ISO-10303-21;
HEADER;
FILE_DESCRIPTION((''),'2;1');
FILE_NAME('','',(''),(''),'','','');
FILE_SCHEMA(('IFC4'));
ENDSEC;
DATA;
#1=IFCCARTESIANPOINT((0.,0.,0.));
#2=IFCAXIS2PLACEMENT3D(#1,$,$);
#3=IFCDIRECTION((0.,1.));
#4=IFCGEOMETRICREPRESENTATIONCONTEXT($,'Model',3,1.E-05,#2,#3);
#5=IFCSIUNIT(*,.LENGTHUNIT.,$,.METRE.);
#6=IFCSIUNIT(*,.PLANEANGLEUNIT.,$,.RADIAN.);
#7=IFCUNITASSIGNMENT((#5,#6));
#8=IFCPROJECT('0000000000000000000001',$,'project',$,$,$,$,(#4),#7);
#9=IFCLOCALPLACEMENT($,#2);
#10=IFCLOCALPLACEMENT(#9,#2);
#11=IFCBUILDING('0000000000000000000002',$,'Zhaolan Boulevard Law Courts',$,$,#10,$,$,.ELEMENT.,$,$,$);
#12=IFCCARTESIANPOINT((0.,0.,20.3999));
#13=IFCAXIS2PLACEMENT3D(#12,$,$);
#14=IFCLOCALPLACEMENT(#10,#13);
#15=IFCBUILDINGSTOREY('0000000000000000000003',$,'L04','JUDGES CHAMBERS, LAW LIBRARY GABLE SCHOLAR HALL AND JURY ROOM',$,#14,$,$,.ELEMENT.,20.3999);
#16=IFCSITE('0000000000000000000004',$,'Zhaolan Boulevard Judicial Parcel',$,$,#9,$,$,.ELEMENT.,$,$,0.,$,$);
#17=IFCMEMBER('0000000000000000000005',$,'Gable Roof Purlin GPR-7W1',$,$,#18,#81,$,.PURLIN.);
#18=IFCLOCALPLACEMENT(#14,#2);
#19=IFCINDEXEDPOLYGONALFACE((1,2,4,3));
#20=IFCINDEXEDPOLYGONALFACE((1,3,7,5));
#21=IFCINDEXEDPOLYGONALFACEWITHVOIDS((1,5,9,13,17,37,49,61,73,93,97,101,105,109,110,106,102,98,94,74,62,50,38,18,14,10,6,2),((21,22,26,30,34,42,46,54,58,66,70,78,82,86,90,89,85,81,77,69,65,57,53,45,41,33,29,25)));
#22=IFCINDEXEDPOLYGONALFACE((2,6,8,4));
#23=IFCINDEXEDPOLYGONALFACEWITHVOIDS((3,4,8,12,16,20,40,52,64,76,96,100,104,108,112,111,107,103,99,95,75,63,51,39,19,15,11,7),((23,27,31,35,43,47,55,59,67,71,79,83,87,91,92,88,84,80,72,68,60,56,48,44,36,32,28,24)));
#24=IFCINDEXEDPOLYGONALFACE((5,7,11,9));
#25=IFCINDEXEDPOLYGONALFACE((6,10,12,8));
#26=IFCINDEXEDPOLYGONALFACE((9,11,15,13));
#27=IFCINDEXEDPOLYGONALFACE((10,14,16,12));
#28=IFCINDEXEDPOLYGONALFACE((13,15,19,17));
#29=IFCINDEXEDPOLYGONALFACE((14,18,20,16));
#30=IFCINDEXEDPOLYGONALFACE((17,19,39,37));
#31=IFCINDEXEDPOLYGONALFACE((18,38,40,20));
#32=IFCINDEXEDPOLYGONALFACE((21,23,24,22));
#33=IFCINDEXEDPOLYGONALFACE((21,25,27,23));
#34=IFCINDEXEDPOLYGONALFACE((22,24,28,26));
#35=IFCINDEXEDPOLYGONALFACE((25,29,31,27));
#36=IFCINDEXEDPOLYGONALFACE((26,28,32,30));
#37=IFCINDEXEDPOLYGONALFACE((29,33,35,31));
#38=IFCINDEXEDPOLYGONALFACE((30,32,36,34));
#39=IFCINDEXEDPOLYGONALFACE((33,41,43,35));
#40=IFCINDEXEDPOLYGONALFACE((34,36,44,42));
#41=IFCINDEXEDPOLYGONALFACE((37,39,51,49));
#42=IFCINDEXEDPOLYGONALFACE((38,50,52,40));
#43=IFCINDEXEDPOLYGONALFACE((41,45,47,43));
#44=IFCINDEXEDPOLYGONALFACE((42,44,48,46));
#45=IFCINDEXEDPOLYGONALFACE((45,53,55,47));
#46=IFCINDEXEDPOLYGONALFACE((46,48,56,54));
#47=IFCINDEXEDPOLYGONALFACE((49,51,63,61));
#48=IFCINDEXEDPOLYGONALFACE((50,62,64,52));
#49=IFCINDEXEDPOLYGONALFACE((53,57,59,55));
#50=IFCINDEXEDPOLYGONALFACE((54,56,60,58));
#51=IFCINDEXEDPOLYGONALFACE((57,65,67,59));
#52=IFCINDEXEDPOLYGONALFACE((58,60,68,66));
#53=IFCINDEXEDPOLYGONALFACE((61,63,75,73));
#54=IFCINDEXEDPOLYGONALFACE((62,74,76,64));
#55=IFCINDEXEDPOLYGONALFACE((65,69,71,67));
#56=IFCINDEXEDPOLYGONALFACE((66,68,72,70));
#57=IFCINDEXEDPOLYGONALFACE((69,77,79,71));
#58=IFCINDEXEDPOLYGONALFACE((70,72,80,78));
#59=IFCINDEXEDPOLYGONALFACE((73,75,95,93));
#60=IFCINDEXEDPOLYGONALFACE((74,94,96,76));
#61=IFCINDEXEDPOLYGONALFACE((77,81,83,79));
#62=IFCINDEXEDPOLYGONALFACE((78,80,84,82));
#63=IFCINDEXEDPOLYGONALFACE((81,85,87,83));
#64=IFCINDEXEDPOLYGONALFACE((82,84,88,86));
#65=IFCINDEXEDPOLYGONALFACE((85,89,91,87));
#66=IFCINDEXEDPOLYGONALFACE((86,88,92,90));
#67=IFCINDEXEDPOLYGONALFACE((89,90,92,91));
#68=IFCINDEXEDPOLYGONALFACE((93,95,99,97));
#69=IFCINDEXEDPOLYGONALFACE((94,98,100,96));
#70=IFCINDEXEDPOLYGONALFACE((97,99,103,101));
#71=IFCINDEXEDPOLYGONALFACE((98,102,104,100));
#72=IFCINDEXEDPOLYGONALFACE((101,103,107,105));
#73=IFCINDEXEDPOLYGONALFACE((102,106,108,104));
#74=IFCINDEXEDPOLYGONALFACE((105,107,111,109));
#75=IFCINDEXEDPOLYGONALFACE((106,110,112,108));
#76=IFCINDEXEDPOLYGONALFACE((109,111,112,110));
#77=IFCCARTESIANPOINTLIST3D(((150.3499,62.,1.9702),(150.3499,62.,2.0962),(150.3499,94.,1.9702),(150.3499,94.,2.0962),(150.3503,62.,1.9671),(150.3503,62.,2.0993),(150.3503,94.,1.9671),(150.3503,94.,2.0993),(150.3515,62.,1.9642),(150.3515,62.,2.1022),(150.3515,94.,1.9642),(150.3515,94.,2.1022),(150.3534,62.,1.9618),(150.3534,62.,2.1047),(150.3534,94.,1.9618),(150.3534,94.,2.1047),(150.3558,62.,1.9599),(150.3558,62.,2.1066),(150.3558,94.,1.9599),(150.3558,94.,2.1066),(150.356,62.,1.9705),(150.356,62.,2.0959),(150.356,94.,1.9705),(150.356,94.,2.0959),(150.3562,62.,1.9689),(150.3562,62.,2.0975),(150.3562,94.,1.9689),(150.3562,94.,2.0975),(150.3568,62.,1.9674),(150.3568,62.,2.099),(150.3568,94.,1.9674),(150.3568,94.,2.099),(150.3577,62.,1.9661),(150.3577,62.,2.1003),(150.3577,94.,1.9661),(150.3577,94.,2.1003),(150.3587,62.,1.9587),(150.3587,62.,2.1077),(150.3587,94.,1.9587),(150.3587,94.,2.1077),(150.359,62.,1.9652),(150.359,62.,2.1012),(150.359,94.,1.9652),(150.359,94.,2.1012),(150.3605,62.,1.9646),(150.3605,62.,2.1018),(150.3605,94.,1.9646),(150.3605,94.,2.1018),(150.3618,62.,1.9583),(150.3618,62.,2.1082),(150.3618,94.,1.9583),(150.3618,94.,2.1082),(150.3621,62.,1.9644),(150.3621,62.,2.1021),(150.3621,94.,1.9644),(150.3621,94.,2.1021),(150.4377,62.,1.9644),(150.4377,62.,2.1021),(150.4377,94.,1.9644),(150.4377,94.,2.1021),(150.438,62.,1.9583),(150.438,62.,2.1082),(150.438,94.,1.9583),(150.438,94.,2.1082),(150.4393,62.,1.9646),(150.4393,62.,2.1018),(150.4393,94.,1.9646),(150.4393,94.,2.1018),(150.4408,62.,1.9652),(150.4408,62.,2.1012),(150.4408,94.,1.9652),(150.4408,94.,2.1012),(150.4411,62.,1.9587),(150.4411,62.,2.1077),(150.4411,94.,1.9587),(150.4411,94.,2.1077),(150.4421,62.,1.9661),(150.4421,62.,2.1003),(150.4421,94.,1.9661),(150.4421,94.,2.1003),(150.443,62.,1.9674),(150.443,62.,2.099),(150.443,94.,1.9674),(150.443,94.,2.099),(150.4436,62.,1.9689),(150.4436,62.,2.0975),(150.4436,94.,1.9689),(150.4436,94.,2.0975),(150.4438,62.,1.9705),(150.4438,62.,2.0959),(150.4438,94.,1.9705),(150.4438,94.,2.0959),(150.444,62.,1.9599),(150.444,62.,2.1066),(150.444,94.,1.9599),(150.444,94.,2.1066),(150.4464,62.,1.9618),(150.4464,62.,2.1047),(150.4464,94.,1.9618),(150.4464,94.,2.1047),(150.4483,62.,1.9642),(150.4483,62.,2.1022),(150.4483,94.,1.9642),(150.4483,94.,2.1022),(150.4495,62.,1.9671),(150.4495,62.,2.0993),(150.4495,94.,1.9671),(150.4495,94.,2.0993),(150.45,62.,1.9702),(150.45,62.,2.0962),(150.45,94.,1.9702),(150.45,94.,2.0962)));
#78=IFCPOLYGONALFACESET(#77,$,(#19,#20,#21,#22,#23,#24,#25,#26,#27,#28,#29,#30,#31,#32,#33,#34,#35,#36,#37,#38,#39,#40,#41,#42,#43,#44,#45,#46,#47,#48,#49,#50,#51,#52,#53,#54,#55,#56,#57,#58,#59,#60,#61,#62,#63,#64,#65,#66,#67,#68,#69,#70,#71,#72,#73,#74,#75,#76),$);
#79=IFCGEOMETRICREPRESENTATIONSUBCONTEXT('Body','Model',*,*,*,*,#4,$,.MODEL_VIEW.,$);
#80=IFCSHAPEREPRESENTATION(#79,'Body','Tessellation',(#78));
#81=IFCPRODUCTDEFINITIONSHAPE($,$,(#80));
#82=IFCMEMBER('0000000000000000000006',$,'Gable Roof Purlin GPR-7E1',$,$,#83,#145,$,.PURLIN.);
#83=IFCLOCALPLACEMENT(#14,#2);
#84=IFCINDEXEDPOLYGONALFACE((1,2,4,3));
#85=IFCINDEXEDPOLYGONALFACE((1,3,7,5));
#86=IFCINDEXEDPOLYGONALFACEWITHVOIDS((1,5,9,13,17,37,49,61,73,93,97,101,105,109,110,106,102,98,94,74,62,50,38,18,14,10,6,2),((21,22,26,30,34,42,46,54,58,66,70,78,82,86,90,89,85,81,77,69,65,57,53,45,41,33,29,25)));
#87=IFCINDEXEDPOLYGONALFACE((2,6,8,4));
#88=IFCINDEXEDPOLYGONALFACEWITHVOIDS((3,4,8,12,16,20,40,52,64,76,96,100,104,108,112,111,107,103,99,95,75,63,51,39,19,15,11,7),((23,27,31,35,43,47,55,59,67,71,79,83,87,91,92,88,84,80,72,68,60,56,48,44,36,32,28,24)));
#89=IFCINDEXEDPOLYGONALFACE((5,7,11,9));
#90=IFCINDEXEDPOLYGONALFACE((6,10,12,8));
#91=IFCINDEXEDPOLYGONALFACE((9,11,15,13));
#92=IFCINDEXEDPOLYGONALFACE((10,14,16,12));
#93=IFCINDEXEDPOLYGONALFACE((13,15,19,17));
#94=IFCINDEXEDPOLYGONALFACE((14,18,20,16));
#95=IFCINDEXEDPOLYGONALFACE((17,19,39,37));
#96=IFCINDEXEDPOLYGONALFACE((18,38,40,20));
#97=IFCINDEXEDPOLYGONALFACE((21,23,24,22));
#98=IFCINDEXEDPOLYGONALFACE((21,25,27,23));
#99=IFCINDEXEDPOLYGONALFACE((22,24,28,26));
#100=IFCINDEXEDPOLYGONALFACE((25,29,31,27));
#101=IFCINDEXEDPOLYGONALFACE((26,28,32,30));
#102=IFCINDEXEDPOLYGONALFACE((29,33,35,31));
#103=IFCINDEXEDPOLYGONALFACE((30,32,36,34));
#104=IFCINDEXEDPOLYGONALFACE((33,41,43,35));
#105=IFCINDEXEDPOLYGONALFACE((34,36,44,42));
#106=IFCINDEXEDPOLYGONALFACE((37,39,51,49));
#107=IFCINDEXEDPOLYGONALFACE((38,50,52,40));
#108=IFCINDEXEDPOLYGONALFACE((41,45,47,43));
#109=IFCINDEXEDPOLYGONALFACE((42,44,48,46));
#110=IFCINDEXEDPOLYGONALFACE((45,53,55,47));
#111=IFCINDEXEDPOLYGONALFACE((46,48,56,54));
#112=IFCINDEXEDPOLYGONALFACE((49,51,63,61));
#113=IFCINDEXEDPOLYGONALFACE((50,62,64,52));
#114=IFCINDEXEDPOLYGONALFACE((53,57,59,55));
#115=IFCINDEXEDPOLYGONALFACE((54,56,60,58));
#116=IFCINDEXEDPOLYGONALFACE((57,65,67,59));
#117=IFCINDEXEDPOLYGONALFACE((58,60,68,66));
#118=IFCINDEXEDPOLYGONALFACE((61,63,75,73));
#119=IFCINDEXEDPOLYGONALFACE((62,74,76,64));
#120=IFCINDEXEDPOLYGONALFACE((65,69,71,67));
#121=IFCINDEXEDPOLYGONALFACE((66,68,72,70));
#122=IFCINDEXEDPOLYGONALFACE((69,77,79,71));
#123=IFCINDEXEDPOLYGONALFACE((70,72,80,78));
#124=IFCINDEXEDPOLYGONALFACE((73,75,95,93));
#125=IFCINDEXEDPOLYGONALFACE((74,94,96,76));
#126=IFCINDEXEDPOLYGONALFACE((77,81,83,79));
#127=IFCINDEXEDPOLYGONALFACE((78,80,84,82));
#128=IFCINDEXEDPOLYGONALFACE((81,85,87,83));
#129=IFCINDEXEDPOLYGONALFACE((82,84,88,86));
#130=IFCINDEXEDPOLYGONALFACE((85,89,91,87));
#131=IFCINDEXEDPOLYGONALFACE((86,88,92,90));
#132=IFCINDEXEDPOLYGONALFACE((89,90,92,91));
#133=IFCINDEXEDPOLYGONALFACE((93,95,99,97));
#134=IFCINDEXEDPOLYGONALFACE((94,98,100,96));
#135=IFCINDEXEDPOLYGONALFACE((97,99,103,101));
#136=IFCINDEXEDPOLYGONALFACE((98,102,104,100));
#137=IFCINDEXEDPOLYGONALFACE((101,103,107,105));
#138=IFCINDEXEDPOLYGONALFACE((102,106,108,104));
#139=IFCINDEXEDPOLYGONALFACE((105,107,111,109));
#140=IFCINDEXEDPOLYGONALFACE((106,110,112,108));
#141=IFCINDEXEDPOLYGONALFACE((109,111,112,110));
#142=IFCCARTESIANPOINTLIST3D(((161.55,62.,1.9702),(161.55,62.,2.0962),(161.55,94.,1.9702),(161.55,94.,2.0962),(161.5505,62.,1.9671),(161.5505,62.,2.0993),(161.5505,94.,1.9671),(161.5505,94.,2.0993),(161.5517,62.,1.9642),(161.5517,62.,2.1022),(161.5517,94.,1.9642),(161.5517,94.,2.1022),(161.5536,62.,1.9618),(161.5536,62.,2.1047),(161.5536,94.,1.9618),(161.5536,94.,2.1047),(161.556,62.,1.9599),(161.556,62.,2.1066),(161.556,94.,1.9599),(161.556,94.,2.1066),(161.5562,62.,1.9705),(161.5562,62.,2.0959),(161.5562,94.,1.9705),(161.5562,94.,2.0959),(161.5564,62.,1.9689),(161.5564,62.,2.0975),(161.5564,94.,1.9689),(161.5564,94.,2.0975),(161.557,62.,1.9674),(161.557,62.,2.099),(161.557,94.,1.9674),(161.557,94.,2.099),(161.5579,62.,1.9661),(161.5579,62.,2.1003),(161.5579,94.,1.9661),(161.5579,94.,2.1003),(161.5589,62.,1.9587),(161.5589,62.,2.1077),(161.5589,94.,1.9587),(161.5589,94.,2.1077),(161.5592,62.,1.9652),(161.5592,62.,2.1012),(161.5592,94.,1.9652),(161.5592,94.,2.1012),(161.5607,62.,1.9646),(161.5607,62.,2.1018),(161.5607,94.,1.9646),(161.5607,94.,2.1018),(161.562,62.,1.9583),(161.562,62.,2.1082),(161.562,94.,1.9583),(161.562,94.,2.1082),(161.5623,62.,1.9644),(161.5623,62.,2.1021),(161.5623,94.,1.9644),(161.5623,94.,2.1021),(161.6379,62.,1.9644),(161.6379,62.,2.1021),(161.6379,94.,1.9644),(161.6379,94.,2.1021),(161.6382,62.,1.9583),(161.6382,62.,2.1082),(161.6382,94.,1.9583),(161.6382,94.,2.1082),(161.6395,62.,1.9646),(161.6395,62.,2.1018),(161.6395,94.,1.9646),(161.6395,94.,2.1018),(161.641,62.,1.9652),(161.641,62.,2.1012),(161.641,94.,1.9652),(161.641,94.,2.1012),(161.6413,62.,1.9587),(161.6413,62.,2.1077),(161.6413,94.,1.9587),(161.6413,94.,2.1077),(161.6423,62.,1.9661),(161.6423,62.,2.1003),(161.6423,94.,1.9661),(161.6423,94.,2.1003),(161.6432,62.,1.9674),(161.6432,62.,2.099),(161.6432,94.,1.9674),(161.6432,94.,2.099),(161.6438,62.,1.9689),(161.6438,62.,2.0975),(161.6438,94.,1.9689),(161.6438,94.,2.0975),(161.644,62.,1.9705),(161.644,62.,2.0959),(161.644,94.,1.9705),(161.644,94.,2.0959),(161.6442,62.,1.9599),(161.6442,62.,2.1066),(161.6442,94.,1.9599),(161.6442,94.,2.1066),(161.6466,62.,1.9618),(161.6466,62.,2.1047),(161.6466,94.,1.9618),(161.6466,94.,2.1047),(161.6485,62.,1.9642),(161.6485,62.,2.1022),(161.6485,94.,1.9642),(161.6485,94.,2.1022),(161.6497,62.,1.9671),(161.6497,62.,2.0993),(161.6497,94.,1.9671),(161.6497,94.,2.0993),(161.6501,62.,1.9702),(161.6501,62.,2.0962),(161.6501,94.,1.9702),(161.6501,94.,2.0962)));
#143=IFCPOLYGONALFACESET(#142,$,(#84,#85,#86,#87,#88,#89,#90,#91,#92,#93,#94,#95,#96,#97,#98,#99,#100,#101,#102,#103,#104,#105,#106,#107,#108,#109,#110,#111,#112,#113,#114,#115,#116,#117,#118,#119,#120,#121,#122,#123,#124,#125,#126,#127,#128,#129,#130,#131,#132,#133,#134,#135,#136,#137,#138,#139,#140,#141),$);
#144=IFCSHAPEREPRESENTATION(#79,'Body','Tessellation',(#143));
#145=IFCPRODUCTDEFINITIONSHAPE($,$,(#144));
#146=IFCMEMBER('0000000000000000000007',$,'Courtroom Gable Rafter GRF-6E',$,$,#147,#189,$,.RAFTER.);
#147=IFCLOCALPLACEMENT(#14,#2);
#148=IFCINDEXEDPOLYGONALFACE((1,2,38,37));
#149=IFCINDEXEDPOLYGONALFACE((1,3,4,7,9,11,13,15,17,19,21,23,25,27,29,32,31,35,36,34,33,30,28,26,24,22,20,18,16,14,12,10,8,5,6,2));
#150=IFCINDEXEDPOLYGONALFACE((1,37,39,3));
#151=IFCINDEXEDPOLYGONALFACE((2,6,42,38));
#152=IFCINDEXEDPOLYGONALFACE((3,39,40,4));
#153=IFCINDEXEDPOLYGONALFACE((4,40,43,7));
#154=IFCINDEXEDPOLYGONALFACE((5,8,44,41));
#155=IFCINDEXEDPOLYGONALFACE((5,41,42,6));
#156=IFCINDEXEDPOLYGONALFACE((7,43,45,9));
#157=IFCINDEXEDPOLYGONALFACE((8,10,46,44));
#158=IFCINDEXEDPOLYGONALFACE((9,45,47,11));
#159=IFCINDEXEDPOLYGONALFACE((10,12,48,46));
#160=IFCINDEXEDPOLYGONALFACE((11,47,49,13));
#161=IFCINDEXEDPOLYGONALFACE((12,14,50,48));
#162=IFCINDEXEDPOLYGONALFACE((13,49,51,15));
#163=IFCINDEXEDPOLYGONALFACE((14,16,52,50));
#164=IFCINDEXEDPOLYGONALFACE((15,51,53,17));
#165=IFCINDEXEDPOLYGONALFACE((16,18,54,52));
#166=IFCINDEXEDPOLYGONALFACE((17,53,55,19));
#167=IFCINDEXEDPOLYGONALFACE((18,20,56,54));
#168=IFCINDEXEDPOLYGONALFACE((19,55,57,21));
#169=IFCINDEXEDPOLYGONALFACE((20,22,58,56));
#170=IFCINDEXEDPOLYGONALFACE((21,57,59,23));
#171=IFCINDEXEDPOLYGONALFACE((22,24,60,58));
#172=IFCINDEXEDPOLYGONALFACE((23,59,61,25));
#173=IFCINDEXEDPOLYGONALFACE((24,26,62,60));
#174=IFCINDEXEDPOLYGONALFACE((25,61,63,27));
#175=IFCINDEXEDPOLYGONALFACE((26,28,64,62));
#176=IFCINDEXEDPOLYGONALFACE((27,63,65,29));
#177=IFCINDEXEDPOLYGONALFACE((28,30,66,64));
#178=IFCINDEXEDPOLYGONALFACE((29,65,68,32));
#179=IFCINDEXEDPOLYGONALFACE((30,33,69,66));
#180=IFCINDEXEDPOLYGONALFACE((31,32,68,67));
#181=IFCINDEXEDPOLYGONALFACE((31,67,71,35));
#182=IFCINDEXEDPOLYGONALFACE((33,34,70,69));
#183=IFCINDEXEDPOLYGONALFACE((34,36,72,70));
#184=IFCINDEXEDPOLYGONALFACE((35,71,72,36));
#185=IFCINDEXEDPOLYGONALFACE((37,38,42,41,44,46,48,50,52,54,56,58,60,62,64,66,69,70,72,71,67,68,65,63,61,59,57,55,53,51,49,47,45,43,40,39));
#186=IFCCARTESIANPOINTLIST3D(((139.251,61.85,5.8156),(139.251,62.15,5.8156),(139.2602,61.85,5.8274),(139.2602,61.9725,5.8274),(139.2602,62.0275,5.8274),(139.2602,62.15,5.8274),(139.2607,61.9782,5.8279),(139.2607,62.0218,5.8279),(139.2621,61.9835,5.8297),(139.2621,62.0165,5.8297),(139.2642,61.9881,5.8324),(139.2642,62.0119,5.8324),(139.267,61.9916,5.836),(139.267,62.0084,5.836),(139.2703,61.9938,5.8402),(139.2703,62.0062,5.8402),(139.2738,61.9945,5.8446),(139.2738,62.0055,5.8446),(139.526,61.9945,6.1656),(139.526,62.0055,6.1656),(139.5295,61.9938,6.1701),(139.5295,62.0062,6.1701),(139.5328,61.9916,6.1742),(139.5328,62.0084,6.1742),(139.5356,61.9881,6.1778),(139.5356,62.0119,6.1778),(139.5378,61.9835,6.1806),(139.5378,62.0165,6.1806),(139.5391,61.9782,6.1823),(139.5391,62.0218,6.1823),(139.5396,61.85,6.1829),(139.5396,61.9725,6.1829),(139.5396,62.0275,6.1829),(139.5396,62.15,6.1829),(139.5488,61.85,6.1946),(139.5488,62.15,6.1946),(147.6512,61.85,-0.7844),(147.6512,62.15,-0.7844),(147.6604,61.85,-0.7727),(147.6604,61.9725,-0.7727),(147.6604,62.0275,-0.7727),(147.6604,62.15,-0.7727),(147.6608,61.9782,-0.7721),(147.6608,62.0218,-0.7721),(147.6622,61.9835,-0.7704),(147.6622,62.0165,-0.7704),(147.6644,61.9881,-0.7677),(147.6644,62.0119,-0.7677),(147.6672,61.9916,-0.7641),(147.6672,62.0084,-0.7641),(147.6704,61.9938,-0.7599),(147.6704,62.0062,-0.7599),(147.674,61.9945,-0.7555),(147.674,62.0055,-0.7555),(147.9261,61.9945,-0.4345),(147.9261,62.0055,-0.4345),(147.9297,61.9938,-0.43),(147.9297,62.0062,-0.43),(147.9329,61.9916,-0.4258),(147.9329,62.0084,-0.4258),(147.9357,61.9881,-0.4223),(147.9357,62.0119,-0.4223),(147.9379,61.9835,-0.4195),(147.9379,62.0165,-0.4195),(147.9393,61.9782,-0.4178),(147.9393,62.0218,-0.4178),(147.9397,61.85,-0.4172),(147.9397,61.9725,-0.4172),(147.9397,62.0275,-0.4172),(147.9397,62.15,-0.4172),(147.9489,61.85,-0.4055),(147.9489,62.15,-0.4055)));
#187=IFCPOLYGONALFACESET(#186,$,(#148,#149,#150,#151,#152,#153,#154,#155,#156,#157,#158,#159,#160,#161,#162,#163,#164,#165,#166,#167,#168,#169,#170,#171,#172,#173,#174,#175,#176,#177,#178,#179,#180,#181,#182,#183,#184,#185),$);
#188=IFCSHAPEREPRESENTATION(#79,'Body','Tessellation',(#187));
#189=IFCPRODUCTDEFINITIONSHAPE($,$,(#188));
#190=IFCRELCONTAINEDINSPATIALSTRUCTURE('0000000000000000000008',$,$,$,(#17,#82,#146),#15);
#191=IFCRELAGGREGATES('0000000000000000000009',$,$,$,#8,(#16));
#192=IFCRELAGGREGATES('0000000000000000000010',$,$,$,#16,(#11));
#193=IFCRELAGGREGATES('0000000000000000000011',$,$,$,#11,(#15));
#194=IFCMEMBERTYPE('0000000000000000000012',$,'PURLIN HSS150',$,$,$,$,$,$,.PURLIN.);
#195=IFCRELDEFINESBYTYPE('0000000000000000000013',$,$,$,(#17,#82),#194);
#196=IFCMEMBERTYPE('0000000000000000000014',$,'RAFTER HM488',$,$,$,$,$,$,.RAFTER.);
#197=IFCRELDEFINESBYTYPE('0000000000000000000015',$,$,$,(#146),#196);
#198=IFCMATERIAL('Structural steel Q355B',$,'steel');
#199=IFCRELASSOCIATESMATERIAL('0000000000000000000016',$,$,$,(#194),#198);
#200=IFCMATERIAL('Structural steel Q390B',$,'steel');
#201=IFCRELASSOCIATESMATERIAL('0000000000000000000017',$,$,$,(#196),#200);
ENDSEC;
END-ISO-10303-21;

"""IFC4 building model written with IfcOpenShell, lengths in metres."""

from ifc_helpers import new_model, si_unit, direction, frame, origin, origin_2d, place, context, subcontext, project, spatial, hollow_rectangle, i_section, extrude, material, material_profile, profile_set, type_object, element, save


model = new_model("IFC4")

# Units and contexts
model_context = context("Model", 3, precision=1e-05, world=origin(), true_north=direction((0.0, 1.0)))
body_context = subcontext(model_context, "Body", "Model", "MODEL_VIEW")
ifc_project = project(units=[si_unit("LENGTHUNIT", "METRE"), si_unit("PLANEANGLEUNIT", "RADIAN")], contexts=[model_context])

# Site, building, storey
site_placement = place(None, origin())
site = spatial("IfcSite", under=ifc_project, at=site_placement, Name="Zhaolan Boulevard Judicial Parcel", CompositionType="ELEMENT", RefElevation=0.0)
building_placement = place(site_placement, origin())
building = spatial("IfcBuilding", under=site, at=building_placement, Name="Zhaolan Boulevard Law Courts", CompositionType="ELEMENT")
storey_placement = place(building_placement, frame((0.0, 0.0, 20.3999)))
storey = spatial("IfcBuildingStorey", under=building, at=storey_placement, Name="L04", Description="JUDGES CHAMBERS, LAW LIBRARY GABLE SCHOLAR HALL AND JURY ROOM", CompositionType="ELEMENT", Elevation=20.3999)

# Members
ifc_material_1 = material(Name="Structural steel Q355B", Category="steel")
ifc_material_profile_1 = material_profile(ifc_material_1, hollow_rectangle(XDim=0.1001, YDim=0.1499, WallThickness=0.0061, InnerFilletRadius=0.0061, OuterFilletRadius=0.012, at=origin_2d()), Name="HSS150x100x6")
ifc_profile_set_1 = profile_set([ifc_material_profile_1], Name="Structural steel Q355B")
member_type_1 = type_object("IfcMemberType", Name="PURLIN HSS150", PredefinedType="PURLIN", material=ifc_profile_set_1)
for number, where, z_axis, x_axis, name in (
    (1, (150.3999, 62.0, 2.0332), (0.0, 1.0, 0.0), (-1.0, 0.0, 0.0), "Gable Roof Purlin GPR-7W1"),
    (2, (161.6001, 62.0, 2.0332), (0.0, 1.0, 0.0), (-1.0, 0.0, 0.0), "Gable Roof Purlin GPR-7E1"),
):
    element("IfcMember", number, at=place(storey_placement, frame(where, z_axis=z_axis, x_axis=x_axis)), inside=storey, type_object=member_type_1, Name=name, PredefinedType="PURLIN", context=body_context, shape_type="SweptSolid", body=[
        extrude(hollow_rectangle(XDim=0.1001, YDim=0.1499, WallThickness=0.0061, InnerFilletRadius=0.0061, OuterFilletRadius=0.012, at=origin_2d()), origin(), (0.0, 0.0, 1.0), 32.0),
    ])
ifc_material_2 = material(Name="Structural steel Q390B", Category="steel")
ifc_material_profile_2 = material_profile(ifc_material_2, i_section(OverallWidth=0.3, OverallDepth=0.4819, WebThickness=0.011, FlangeThickness=0.0149, FilletRadius=0.022, at=origin_2d()), Name="HM482x300")
ifc_profile_set_2 = profile_set([ifc_material_profile_2], Name="Structural steel Q390B")
member_type_2 = type_object("IfcMemberType", Name="RAFTER HM488", PredefinedType="RAFTER", material=ifc_profile_set_2)
for number, where, z_axis, x_axis, name in (
    (3, (147.8, 62.0, -0.595), (-0.786319, 0.0, 0.617821), (0.0, -1.0, 0.0), "Courtroom Gable Rafter GRF-6E"),
):
    element("IfcMember", number, at=place(storey_placement, frame(where, z_axis=z_axis, x_axis=x_axis)), inside=storey, type_object=member_type_2, Name=name, PredefinedType="RAFTER", context=body_context, shape_type="SweptSolid", body=[
        extrude(i_section(OverallWidth=0.3, OverallDepth=0.4819, WebThickness=0.011, FlangeThickness=0.0149, FilletRadius=0.022, at=origin_2d()), origin(), (0.0, 0.0, 1.0), 10.6829),
    ])

save(model, "model.ifc")
